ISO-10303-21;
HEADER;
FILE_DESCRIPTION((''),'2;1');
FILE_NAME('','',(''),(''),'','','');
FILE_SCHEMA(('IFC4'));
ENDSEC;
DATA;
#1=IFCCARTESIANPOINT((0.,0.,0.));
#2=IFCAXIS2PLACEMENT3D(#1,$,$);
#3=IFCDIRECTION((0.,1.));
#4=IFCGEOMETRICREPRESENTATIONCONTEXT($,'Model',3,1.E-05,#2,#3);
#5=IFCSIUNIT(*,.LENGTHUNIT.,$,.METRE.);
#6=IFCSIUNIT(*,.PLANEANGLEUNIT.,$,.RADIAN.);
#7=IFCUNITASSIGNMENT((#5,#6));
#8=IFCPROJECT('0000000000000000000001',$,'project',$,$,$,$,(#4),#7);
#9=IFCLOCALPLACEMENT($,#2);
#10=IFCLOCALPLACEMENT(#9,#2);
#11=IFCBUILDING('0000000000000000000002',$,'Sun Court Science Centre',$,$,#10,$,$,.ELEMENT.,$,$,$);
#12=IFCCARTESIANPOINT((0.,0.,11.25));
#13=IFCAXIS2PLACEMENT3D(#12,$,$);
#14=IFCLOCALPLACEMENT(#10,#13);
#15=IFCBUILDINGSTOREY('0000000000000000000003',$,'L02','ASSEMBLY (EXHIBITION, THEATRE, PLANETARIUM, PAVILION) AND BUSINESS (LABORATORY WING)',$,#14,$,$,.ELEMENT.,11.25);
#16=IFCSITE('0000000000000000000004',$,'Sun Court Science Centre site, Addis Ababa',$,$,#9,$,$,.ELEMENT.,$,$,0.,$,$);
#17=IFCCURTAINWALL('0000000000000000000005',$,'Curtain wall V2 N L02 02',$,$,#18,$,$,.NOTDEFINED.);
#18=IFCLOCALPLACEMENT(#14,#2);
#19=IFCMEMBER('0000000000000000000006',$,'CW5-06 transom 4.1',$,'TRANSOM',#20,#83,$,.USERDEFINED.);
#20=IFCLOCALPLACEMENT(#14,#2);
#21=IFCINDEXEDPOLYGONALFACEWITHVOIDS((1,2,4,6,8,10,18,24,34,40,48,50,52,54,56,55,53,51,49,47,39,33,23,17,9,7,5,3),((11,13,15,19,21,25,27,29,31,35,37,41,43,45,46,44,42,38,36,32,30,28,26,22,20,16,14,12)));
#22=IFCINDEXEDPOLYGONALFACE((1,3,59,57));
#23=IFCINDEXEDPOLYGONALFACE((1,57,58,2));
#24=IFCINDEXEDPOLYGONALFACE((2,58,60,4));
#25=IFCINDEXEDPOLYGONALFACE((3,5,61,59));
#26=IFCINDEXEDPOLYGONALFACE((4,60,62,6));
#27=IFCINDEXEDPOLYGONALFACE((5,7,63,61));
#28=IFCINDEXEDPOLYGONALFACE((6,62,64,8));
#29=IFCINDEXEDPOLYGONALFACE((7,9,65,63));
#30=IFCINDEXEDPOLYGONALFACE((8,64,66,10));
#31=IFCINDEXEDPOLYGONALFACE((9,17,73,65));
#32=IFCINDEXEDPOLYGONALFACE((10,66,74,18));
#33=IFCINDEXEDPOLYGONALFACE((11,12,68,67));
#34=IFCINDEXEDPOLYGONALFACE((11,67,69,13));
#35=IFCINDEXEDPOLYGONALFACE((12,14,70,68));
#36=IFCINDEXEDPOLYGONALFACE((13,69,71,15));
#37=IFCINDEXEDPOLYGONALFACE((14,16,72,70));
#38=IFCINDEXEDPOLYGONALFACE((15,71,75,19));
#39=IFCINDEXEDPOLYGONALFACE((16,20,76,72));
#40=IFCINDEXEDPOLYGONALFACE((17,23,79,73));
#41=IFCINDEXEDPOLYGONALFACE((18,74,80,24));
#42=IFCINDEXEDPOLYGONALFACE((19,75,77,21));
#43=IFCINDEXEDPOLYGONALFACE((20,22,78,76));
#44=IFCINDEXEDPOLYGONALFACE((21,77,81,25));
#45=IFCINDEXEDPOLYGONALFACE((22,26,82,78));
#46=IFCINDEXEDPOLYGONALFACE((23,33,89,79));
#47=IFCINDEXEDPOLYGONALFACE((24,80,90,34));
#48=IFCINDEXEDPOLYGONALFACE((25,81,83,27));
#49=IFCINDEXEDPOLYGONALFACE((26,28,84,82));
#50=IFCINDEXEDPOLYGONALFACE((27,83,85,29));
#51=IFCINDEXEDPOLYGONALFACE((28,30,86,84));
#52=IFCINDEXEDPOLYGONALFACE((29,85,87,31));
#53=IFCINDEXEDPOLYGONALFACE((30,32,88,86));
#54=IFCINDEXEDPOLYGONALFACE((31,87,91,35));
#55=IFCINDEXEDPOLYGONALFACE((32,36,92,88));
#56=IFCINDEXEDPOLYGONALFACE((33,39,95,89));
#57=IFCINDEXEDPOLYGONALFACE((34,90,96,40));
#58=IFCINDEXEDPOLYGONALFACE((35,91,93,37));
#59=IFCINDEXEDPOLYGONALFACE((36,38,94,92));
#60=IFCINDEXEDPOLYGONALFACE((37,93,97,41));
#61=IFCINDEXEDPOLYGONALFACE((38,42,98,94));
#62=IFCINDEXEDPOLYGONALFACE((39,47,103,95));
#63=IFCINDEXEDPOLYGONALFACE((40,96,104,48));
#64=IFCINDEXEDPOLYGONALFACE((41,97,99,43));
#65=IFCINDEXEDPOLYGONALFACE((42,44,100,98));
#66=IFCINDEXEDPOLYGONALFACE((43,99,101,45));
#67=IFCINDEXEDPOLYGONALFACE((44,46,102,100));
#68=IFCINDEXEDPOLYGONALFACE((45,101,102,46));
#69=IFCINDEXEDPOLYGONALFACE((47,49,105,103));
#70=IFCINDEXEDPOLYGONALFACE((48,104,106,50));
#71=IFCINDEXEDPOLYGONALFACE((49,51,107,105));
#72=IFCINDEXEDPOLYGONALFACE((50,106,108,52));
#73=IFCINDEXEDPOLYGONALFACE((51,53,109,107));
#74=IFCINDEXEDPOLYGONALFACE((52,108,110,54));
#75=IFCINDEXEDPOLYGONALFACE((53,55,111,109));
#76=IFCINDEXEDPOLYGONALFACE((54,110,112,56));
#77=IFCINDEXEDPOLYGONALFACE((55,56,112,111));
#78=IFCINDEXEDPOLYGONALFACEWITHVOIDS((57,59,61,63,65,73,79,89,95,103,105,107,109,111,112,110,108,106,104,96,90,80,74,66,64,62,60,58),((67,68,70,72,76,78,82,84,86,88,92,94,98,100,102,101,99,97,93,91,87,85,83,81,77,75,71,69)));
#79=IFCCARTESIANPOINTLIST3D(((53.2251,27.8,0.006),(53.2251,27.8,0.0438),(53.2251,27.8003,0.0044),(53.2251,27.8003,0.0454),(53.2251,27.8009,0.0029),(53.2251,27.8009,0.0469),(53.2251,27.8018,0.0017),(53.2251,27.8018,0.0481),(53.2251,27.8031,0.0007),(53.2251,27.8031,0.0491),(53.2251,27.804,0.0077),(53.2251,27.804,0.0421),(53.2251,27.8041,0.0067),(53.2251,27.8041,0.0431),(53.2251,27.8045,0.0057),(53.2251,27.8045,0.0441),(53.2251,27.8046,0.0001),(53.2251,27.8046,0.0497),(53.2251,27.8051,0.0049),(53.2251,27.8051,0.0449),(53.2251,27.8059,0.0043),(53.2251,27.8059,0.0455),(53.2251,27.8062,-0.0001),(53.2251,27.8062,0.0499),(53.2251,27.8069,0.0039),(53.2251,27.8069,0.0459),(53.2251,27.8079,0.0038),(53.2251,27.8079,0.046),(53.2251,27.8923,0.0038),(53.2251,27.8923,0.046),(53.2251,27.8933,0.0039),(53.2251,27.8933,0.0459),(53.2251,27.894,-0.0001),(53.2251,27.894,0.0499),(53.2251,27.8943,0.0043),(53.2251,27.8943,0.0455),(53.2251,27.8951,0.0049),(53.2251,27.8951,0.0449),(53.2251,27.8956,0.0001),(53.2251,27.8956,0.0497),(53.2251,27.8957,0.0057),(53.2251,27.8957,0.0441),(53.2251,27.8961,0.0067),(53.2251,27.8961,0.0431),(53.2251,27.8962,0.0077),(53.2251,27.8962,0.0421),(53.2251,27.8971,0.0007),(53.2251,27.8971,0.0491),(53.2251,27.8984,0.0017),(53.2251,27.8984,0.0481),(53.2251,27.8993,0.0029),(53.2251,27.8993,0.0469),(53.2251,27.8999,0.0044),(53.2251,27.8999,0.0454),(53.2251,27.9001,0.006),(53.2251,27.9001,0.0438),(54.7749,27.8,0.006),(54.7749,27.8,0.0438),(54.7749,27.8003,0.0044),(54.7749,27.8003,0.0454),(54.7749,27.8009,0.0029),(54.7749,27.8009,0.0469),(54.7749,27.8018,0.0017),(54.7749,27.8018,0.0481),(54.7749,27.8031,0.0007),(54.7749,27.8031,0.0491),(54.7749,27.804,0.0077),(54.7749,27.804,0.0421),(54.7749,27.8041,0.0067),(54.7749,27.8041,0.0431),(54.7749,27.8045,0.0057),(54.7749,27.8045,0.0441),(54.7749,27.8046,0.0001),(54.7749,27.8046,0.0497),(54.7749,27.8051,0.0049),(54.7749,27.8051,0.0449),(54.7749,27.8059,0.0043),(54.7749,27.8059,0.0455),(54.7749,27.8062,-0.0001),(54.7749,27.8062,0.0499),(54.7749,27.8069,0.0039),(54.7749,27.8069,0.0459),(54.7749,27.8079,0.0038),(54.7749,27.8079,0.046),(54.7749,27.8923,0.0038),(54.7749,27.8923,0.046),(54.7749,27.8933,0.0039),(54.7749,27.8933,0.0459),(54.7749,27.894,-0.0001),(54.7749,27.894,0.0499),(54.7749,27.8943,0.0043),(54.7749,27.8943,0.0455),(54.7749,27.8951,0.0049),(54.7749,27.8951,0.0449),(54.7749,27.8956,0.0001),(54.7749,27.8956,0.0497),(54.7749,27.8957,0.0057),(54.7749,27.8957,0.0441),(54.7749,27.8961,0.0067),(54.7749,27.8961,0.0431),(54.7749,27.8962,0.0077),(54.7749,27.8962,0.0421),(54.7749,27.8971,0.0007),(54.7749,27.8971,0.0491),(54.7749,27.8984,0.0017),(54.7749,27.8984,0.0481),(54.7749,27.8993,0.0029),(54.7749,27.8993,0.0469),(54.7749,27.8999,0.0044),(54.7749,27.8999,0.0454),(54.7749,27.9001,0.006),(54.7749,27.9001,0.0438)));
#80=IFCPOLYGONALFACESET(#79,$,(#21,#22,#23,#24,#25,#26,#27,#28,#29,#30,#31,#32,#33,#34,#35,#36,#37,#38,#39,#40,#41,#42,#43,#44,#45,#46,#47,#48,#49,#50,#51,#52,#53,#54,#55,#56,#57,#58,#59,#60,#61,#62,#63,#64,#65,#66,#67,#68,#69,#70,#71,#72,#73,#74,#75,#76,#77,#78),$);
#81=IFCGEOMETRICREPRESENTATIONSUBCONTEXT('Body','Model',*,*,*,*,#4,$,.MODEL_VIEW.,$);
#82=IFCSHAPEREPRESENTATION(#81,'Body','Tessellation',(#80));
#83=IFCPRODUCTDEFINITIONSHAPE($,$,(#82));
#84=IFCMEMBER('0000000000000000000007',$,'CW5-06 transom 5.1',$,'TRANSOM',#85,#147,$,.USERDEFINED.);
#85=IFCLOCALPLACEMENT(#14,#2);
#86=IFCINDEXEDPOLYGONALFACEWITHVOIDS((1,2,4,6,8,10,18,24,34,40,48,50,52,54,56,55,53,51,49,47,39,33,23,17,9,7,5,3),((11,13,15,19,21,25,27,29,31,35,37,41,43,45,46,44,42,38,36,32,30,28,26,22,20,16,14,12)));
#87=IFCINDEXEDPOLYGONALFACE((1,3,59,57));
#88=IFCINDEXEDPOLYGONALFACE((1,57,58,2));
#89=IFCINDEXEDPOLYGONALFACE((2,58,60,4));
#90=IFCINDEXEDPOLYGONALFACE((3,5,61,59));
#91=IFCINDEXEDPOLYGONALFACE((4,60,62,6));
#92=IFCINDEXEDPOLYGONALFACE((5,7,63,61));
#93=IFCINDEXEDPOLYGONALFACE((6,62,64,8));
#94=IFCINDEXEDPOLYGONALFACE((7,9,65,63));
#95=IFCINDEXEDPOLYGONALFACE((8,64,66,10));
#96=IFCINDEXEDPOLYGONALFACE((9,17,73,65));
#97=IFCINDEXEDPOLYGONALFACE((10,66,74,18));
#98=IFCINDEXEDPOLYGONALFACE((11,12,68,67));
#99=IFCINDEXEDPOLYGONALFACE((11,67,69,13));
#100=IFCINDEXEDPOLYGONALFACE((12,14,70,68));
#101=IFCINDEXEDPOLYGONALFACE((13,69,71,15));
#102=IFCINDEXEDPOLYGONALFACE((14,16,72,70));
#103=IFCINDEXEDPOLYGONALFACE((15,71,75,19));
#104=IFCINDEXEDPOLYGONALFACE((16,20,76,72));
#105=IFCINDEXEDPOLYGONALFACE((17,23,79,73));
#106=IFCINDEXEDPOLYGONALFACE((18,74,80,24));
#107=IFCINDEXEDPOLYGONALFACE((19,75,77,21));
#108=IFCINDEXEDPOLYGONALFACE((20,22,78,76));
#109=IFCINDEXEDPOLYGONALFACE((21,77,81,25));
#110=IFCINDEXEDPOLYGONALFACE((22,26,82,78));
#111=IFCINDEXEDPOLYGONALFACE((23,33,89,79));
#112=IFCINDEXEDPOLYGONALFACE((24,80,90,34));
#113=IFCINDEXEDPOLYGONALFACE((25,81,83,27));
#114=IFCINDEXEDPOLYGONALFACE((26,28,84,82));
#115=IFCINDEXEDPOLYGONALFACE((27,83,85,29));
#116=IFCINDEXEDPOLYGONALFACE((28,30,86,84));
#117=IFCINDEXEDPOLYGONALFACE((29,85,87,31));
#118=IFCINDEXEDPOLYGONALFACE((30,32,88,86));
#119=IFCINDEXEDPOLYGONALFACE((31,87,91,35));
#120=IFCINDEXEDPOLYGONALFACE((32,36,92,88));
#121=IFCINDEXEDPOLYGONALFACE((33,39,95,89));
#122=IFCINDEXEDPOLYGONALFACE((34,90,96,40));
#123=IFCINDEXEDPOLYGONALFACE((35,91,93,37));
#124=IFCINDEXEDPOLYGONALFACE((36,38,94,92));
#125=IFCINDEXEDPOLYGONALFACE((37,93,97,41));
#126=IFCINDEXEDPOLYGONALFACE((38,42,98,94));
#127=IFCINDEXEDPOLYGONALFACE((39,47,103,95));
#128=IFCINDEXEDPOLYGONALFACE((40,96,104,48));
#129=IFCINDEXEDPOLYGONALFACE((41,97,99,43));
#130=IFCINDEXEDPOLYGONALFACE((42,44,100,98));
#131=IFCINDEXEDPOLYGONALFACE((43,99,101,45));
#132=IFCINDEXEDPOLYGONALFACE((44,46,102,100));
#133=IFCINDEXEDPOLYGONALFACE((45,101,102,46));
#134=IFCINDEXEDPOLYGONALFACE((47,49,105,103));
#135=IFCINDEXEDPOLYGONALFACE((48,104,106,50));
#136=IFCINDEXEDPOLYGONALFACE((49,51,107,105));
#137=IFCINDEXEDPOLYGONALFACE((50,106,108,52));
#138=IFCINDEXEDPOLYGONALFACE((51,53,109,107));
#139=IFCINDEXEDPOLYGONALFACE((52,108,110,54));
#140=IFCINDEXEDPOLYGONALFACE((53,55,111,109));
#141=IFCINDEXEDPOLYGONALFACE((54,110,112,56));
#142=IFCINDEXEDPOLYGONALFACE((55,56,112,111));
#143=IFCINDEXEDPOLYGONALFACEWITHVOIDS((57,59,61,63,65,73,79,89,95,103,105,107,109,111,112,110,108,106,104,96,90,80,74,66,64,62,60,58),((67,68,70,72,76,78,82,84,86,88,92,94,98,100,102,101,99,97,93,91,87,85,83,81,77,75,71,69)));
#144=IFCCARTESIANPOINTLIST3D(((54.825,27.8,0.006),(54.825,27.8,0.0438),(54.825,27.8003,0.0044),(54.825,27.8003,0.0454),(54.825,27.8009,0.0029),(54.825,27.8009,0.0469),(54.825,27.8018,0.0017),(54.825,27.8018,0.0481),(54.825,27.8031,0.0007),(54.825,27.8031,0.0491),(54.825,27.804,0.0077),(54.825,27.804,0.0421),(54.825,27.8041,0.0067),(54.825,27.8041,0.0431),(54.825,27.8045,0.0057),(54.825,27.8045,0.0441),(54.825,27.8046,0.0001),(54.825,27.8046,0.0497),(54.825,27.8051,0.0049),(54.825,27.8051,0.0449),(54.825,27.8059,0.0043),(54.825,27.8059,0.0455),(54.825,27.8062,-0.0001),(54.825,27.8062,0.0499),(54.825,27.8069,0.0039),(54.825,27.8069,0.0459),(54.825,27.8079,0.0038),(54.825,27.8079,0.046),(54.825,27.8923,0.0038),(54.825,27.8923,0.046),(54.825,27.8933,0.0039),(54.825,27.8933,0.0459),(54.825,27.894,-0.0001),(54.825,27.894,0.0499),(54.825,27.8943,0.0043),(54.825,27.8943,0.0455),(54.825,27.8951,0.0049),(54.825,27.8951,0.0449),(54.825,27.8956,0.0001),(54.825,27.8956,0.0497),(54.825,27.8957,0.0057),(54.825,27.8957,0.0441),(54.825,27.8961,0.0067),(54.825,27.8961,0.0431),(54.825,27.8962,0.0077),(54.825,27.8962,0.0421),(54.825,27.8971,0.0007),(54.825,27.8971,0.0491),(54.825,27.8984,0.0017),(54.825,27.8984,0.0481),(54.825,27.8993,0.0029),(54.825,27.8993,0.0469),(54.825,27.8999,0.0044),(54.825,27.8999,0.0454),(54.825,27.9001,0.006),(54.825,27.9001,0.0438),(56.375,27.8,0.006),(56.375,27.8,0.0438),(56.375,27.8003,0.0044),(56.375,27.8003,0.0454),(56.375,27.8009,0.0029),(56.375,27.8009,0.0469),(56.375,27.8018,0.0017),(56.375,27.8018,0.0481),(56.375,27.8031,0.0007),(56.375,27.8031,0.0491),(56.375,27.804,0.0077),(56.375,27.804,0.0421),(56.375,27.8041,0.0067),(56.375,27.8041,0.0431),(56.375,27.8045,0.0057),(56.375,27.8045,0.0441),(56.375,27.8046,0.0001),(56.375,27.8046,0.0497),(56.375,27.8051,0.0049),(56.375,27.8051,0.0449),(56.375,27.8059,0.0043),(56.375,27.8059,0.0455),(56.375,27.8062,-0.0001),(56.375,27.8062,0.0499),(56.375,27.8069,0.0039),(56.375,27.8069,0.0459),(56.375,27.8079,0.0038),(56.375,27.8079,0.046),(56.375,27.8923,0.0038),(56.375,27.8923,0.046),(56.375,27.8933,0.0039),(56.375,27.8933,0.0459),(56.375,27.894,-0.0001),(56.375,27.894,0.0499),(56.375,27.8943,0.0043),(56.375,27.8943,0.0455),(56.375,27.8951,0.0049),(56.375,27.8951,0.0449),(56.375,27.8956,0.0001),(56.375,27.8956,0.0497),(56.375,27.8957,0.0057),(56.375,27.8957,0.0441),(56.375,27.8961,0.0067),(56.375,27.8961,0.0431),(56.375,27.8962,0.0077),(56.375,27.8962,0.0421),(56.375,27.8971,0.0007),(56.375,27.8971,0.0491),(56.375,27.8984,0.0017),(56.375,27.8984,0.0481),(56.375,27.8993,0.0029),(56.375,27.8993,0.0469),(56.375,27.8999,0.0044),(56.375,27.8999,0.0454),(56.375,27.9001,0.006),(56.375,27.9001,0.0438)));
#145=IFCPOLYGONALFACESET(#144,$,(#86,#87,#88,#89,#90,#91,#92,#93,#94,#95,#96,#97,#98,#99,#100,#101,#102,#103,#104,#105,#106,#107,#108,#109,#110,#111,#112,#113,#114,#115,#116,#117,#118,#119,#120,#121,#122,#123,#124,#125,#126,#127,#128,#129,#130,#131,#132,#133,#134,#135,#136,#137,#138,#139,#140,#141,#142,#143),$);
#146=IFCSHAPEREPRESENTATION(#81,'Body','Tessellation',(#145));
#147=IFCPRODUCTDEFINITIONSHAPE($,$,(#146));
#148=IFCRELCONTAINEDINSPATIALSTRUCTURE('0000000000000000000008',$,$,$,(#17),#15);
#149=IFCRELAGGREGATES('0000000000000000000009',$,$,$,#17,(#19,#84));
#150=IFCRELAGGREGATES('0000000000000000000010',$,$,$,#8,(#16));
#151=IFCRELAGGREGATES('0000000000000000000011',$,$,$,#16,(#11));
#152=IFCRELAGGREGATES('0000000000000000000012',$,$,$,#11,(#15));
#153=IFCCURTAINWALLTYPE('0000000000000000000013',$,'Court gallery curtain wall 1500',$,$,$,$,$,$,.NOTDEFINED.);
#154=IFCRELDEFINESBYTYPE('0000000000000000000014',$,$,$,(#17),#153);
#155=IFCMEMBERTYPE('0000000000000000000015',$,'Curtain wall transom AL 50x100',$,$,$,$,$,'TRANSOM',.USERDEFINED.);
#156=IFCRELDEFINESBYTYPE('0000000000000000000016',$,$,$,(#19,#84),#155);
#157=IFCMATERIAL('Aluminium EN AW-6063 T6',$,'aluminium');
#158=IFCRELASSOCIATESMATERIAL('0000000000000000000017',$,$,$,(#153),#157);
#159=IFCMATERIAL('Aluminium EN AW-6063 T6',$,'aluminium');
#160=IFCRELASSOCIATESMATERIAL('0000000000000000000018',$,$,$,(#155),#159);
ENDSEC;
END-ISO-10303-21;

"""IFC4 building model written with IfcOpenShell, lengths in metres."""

from ifc_helpers import new_model, si_unit, direction, frame, origin, origin_2d, place, context, subcontext, project, spatial, hollow_rectangle, extrude, material, material_profile, profile_set, type_object, element, aggregate, save


model = new_model("IFC4")

# Units and contexts
model_context = context("Model", 3, precision=1e-05, world=origin(), true_north=direction((0.0, 1.0)))
body_context = subcontext(model_context, "Body", "Model", "MODEL_VIEW")
ifc_project = project(units=[si_unit("LENGTHUNIT", "METRE"), si_unit("PLANEANGLEUNIT", "RADIAN")], contexts=[model_context])

# Site, building, storey
site_placement = place(None, origin())
site = spatial("IfcSite", under=ifc_project, at=site_placement, Name="Sun Court Science Centre site, Addis Ababa", CompositionType="ELEMENT", RefElevation=0.0)
building_placement = place(site_placement, origin())
building = spatial("IfcBuilding", under=site, at=building_placement, Name="Sun Court Science Centre", CompositionType="ELEMENT")
storey_placement = place(building_placement, frame((0.0, 0.0, 11.25)))
storey = spatial("IfcBuildingStorey", under=building, at=storey_placement, Name="L02", Description="ASSEMBLY (EXHIBITION, THEATRE, PLANETARIUM, PAVILION) AND BUSINESS (LABORATORY WING)", CompositionType="ELEMENT", Elevation=11.25)

# Curtain wall, members
ifc_material_1 = material(Name="Aluminium EN AW-6063 T6", Category="aluminium")
curtain_wall_type_1 = type_object("IfcCurtainWallType", Name="Court gallery curtain wall 1500", PredefinedType="NOTDEFINED", material=ifc_material_1)
curtain_wall_1_placement = place(storey_placement, origin())
curtain_wall_1 = element("IfcCurtainWall", 1, at=curtain_wall_1_placement, inside=storey, type_object=curtain_wall_type_1, Name="Curtain wall V2 N L02 02", PredefinedType="NOTDEFINED")
ifc_material_2 = material(Name="Aluminium EN AW-6063 T6", Category="aluminium")
ifc_material_profile_1 = material_profile(ifc_material_2, hollow_rectangle(XDim=0.05, YDim=0.1001, WallThickness=0.0039, InnerFilletRadius=0.0039, OuterFilletRadius=0.0061, at=origin_2d()), Name="AL 50x100x4")
ifc_profile_set_1 = profile_set([ifc_material_profile_1], Name="Aluminium EN AW-6063 T6")
member_type_1 = type_object("IfcMemberType", Name="Curtain wall transom AL 50x100", ElementType="TRANSOM", PredefinedType="USERDEFINED", material=ifc_profile_set_1)
member_1_placement = place(storey_placement, frame((53.2251, 27.8501, 0.0249), z_axis=(1.0, 0.0, 0.0), x_axis=(0.0, 0.0, 1.0)))
member_1 = element("IfcMember", 2, at=member_1_placement, type_object=member_type_1, Name="CW5-06 transom 4.1", ObjectType="TRANSOM", PredefinedType="USERDEFINED", context=body_context, shape_type="SweptSolid", body=[
    extrude(hollow_rectangle(XDim=0.05, YDim=0.1001, WallThickness=0.0039, InnerFilletRadius=0.0039, OuterFilletRadius=0.0061, at=origin_2d()), origin(), (0.0, 0.0, 1.0), 1.5498),
])
member_2_placement = place(storey_placement, frame((54.825, 27.8501, 0.0249), z_axis=(1.0, 0.0, 0.0), x_axis=(0.0, 0.0, 1.0)))
member_2 = element("IfcMember", 3, at=member_2_placement, type_object=member_type_1, Name="CW5-06 transom 5.1", ObjectType="TRANSOM", PredefinedType="USERDEFINED", context=body_context, shape_type="SweptSolid", body=[
    extrude(hollow_rectangle(XDim=0.05, YDim=0.1001, WallThickness=0.0039, InnerFilletRadius=0.0039, OuterFilletRadius=0.0061, at=origin_2d()), origin(), (0.0, 0.0, 1.0), 1.55),
])

aggregate(curtain_wall_1, [member_1, member_2])

save(model, "model.ifc")
